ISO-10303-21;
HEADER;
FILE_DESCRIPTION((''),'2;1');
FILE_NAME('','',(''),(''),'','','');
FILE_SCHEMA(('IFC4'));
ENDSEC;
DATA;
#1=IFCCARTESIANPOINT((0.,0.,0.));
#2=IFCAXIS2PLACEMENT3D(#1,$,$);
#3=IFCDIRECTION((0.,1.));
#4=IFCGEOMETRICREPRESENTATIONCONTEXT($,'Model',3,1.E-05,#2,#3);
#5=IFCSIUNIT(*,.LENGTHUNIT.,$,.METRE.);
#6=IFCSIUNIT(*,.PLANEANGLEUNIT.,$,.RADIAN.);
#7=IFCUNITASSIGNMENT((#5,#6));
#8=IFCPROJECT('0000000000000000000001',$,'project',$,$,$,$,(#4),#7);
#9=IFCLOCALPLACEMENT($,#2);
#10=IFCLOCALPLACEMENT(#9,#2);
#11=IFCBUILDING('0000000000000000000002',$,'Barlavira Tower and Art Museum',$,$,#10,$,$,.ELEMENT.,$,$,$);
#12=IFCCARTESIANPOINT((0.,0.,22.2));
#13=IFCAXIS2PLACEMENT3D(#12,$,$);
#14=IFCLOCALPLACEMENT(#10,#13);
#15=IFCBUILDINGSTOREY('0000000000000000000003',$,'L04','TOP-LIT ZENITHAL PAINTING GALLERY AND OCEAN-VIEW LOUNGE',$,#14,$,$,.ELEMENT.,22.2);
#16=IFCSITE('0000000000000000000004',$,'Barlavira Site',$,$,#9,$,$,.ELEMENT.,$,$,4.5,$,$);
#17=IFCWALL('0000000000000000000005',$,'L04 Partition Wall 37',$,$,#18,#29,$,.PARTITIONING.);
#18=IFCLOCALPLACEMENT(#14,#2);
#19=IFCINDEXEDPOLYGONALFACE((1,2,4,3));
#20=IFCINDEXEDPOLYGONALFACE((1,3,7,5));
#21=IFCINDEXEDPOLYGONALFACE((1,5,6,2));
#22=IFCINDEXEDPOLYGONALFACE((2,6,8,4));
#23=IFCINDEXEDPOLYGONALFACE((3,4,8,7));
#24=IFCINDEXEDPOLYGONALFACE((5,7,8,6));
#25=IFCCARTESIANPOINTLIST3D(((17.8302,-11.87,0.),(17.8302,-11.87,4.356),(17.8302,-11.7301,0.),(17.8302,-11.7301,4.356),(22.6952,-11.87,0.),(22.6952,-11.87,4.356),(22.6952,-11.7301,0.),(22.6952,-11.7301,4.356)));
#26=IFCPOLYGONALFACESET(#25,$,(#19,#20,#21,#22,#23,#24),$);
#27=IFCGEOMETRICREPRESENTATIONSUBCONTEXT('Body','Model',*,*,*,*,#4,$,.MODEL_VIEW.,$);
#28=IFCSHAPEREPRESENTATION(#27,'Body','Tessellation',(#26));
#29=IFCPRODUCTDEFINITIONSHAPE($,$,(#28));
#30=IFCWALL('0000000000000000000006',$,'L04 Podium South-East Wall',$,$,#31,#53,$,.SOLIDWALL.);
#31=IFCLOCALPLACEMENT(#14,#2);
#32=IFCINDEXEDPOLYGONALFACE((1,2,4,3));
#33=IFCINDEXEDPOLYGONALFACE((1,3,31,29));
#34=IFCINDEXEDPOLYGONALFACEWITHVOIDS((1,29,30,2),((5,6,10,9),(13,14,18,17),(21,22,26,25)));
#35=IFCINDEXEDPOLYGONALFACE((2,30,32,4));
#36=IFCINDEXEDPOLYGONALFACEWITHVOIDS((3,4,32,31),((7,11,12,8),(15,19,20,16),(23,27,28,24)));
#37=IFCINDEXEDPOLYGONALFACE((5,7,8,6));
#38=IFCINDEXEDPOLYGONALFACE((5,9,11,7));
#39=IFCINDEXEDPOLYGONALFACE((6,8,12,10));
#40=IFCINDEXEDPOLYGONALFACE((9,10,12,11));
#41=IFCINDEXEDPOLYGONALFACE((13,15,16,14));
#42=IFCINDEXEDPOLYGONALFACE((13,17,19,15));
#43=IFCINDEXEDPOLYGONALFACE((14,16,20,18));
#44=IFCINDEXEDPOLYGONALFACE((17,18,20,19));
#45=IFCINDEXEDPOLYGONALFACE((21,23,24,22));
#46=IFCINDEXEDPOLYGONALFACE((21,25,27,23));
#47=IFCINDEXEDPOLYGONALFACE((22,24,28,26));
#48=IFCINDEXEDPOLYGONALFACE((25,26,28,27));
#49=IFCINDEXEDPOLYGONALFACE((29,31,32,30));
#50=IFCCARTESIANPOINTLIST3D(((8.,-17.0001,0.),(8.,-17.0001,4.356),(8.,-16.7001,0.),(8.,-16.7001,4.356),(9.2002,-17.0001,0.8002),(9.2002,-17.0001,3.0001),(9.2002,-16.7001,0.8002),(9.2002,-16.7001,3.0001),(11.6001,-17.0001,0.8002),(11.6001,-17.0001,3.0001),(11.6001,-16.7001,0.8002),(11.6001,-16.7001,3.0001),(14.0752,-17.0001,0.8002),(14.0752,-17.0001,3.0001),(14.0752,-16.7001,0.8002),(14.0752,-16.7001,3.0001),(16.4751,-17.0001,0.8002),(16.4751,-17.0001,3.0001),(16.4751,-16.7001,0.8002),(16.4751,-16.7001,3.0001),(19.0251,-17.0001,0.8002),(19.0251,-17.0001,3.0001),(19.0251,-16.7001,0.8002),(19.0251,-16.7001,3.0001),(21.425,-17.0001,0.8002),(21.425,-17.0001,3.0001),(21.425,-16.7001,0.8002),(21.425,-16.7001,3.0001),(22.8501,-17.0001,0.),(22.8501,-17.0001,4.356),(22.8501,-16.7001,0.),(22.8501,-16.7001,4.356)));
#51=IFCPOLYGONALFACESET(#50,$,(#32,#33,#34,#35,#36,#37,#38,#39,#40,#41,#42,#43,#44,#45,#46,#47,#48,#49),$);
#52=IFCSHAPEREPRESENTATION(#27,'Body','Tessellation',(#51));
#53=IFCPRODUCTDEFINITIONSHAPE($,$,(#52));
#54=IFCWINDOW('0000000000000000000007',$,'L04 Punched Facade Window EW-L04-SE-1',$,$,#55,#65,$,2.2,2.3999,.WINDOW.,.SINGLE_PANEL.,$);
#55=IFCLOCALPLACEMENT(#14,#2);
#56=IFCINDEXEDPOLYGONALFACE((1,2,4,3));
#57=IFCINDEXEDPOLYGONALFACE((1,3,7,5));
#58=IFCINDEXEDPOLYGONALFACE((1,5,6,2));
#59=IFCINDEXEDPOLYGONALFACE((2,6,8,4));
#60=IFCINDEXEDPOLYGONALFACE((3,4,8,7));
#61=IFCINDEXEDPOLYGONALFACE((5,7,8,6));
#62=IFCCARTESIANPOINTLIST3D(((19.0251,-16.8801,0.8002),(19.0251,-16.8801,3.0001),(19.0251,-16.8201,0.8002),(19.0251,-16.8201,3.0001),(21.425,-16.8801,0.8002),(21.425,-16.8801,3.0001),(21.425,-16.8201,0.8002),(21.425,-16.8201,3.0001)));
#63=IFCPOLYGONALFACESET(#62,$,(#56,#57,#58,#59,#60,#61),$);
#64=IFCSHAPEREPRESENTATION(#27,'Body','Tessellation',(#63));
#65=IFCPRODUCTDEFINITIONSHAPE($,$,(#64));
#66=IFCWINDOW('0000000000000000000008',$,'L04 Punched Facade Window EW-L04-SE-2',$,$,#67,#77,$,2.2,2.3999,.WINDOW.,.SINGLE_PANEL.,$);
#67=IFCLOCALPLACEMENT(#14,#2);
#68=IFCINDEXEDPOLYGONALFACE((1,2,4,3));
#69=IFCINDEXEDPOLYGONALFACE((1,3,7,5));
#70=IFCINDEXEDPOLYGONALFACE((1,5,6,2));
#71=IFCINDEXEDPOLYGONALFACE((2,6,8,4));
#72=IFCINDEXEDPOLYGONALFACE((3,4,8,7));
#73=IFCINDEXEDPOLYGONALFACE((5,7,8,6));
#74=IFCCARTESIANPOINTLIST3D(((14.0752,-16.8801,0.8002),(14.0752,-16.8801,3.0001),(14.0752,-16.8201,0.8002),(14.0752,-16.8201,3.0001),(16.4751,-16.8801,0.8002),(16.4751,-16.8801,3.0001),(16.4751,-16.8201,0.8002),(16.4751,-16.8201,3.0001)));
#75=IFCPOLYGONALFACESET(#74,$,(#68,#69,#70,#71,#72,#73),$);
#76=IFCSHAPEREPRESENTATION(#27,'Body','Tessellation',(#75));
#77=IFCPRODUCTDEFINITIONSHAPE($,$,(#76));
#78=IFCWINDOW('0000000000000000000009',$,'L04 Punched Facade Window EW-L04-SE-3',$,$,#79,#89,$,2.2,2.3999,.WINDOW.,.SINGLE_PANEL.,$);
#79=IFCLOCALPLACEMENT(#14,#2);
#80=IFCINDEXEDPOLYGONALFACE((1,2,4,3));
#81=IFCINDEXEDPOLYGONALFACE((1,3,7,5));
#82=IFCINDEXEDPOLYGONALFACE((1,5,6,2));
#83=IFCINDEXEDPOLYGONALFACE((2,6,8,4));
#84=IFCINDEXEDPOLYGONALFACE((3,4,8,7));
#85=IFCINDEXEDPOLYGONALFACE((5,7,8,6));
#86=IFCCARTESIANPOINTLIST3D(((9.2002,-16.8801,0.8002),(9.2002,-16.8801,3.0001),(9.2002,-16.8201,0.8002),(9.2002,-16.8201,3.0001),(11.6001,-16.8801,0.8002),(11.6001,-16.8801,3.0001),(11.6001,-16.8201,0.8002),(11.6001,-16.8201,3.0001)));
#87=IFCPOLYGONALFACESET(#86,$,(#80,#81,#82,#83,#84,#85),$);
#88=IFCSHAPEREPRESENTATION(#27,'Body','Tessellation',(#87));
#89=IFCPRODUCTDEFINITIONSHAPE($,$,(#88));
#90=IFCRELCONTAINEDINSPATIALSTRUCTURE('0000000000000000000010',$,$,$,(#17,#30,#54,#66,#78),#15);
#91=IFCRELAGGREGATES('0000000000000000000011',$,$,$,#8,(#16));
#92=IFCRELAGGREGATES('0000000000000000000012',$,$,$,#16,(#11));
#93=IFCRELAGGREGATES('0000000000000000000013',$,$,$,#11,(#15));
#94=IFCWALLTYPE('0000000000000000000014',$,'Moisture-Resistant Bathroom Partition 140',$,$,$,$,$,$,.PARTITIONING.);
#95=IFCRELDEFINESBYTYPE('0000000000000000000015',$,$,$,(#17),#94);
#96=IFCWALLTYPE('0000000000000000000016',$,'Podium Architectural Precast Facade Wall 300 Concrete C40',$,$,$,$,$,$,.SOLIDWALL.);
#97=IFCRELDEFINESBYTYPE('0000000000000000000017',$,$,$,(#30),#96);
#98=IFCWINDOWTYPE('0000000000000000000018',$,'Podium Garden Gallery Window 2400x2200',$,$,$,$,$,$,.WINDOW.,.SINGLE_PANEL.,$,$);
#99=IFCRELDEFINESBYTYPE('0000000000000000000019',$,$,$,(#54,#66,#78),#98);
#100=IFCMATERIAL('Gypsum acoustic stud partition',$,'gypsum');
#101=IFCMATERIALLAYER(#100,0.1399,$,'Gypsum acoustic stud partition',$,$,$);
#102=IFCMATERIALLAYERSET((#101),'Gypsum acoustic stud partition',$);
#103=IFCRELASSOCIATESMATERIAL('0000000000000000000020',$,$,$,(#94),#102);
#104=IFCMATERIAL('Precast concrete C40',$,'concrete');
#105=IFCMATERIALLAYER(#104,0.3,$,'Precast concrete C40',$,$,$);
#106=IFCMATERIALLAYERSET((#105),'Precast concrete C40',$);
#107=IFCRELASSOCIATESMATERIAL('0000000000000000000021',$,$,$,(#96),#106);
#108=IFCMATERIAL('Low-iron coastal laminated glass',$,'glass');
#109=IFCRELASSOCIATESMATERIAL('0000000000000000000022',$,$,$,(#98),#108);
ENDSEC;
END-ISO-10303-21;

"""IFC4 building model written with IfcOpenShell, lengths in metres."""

from ifc_helpers import new_model, si_unit, direction, frame, frame_2d, origin, place, context, subcontext, project, spatial, rectangle, extrude, material, layer, layer_set, type_object, element, fill, save


model = new_model("IFC4")

# Units and contexts
model_context = context("Model", 3, precision=1e-05, world=origin(), true_north=direction((0.0, 1.0)))
body_context = subcontext(model_context, "Body", "Model", "MODEL_VIEW")
ifc_project = project(units=[si_unit("LENGTHUNIT", "METRE"), si_unit("PLANEANGLEUNIT", "RADIAN")], contexts=[model_context])

# Site, building, storey
site_placement = place(None, origin())
site = spatial("IfcSite", under=ifc_project, at=site_placement, Name="Barlavira Site", CompositionType="ELEMENT", RefElevation=4.5)
building_placement = place(site_placement, origin())
building = spatial("IfcBuilding", under=site, at=building_placement, Name="Barlavira Tower and Art Museum", CompositionType="ELEMENT")
storey_placement = place(building_placement, frame((0.0, 0.0, 22.2)))
storey = spatial("IfcBuildingStorey", under=building, at=storey_placement, Name="L04", Description="TOP-LIT ZENITHAL PAINTING GALLERY AND OCEAN-VIEW LOUNGE", CompositionType="ELEMENT", Elevation=22.2)

# Shared definitions
ifc_material_1 = material(Name="Gypsum acoustic stud partition", Category="gypsum")

# Wall
ifc_layer_1 = layer(ifc_material_1, 0.1399, Name="Gypsum acoustic stud partition")
ifc_layer_set_1 = layer_set([ifc_layer_1], Name="Gypsum acoustic stud partition")
wall_type_1 = type_object("IfcWallType", Name="Moisture-Resistant Bathroom Partition 140", PredefinedType="PARTITIONING", material=ifc_layer_set_1)
wall_1_placement = place(storey_placement, frame((17.8301, -11.8, 0.0), z_axis=(0.0, 0.0, 1.0), x_axis=(1.0, 0.0, 0.0)))
element("IfcWall", 1, at=wall_1_placement, inside=storey, type_object=wall_type_1, Name="L04 Partition Wall 37", PredefinedType="PARTITIONING", context=body_context, shape_type="SweptSolid", body=[
    extrude(rectangle(XDim=4.865, YDim=0.1399, at=frame_2d((2.4326, 0.0))), origin(), (0.0, 0.0, 1.0), 4.356),
])

# Wall, openings, windows
ifc_material_2 = material(Name="Precast concrete C40", Category="concrete")
ifc_layer_2 = layer(ifc_material_2, 0.3, Name="Precast concrete C40")
ifc_layer_set_2 = layer_set([ifc_layer_2], Name="Precast concrete C40")
wall_type_2 = type_object("IfcWallType", Name="Podium Architectural Precast Facade Wall 300 Concrete C40", PredefinedType="SOLIDWALL", material=ifc_layer_set_2)
ifc_material_3 = material(Name="Low-iron coastal laminated glass", Category="glass")
wall_2_placement = place(storey_placement, frame((22.8501, -16.8501, 0.0), z_axis=(0.0, 0.0, 1.0), x_axis=(-1.0, 0.0, 0.0)))
wall_2 = element("IfcWall", 2, at=wall_2_placement, inside=storey, type_object=wall_type_2, Name="L04 Podium South-East Wall", PredefinedType="SOLIDWALL", context=body_context, shape_type="SweptSolid", body=[
    extrude(rectangle(XDim=14.8501, YDim=0.3, at=frame_2d((7.425, 0.0))), origin(), (0.0, 0.0, 1.0), 4.356),
])
opening_1_placement = place(wall_2_placement, frame((1.425, 0.0, 0.8)))
opening_1 = element("IfcOpeningElement", 3, at=opening_1_placement, cuts=wall_2, PredefinedType="OPENING", context=body_context, shape_type="SweptSolid", body=[
    extrude(rectangle(XDim=2.3999, YDim=2.2, at=frame_2d((1.2, 1.1001))), frame((0.0, 0.1602, 0.0), z_axis=(0.0, -1.0, 0.0), x_axis=(1.0, 0.0, 0.0)), (0.0, 0.0, 1.0), 0.3201),
])
opening_2_placement = place(wall_2_placement, frame((6.375, 0.0, 0.8)))
opening_2 = element("IfcOpeningElement", 4, at=opening_2_placement, cuts=wall_2, PredefinedType="OPENING", context=body_context, shape_type="SweptSolid", body=[
    extrude(rectangle(XDim=2.3999, YDim=2.2, at=frame_2d((1.2, 1.1001))), frame((0.0, 0.1602, 0.0), z_axis=(0.0, -1.0, 0.0), x_axis=(1.0, 0.0, 0.0)), (0.0, 0.0, 1.0), 0.3201),
])
opening_3_placement = place(wall_2_placement, frame((11.25, 0.0, 0.8)))
opening_3 = element("IfcOpeningElement", 5, at=opening_3_placement, cuts=wall_2, PredefinedType="OPENING", context=body_context, shape_type="SweptSolid", body=[
    extrude(rectangle(XDim=2.3999, YDim=2.2, at=frame_2d((1.2, 1.1001))), frame((0.0, 0.1602, 0.0), z_axis=(0.0, -1.0, 0.0), x_axis=(1.0, 0.0, 0.0)), (0.0, 0.0, 1.0), 0.3201),
])
window_type_1 = type_object("IfcWindowType", Name="Podium Garden Gallery Window 2400x2200", PartitioningType="SINGLE_PANEL", PredefinedType="WINDOW", material=ifc_material_3)
window_1_placement = place(opening_1_placement, origin())
window_1 = element("IfcWindow", 6, at=window_1_placement, inside=storey, type_object=window_type_1, Name="L04 Punched Facade Window EW-L04-SE-1", OverallHeight=2.2, OverallWidth=2.3999, PartitioningType="SINGLE_PANEL", PredefinedType="WINDOW", context=body_context, shape_type="SweptSolid", body=[
    extrude(rectangle(XDim=2.3999, YDim=2.2, at=frame_2d((1.2, 1.1001))), frame((0.0, 0.03, 0.0), z_axis=(0.0, -1.0, 0.0), x_axis=(1.0, 0.0, 0.0)), (0.0, 0.0, 1.0), 0.0601),
])
fill(opening_1, window_1)
window_2_placement = place(opening_2_placement, origin())
window_2 = element("IfcWindow", 7, at=window_2_placement, inside=storey, type_object=window_type_1, Name="L04 Punched Facade Window EW-L04-SE-2", OverallHeight=2.2, OverallWidth=2.3999, PartitioningType="SINGLE_PANEL", PredefinedType="WINDOW", context=body_context, shape_type="SweptSolid", body=[
    extrude(rectangle(XDim=2.3999, YDim=2.2, at=frame_2d((1.2, 1.1001))), frame((0.0, 0.03, 0.0), z_axis=(0.0, -1.0, 0.0), x_axis=(1.0, 0.0, 0.0)), (0.0, 0.0, 1.0), 0.0601),
])
fill(opening_2, window_2)
window_3_placement = place(opening_3_placement, origin())
window_3 = element("IfcWindow", 8, at=window_3_placement, inside=storey, type_object=window_type_1, Name="L04 Punched Facade Window EW-L04-SE-3", OverallHeight=2.2, OverallWidth=2.3999, PartitioningType="SINGLE_PANEL", PredefinedType="WINDOW", context=body_context, shape_type="SweptSolid", body=[
    extrude(rectangle(XDim=2.3999, YDim=2.2, at=frame_2d((1.2, 1.1001))), frame((0.0, 0.03, 0.0), z_axis=(0.0, -1.0, 0.0), x_axis=(1.0, 0.0, 0.0)), (0.0, 0.0, 1.0), 0.0601),
])
fill(opening_3, window_3)

save(model, "model.ifc")
